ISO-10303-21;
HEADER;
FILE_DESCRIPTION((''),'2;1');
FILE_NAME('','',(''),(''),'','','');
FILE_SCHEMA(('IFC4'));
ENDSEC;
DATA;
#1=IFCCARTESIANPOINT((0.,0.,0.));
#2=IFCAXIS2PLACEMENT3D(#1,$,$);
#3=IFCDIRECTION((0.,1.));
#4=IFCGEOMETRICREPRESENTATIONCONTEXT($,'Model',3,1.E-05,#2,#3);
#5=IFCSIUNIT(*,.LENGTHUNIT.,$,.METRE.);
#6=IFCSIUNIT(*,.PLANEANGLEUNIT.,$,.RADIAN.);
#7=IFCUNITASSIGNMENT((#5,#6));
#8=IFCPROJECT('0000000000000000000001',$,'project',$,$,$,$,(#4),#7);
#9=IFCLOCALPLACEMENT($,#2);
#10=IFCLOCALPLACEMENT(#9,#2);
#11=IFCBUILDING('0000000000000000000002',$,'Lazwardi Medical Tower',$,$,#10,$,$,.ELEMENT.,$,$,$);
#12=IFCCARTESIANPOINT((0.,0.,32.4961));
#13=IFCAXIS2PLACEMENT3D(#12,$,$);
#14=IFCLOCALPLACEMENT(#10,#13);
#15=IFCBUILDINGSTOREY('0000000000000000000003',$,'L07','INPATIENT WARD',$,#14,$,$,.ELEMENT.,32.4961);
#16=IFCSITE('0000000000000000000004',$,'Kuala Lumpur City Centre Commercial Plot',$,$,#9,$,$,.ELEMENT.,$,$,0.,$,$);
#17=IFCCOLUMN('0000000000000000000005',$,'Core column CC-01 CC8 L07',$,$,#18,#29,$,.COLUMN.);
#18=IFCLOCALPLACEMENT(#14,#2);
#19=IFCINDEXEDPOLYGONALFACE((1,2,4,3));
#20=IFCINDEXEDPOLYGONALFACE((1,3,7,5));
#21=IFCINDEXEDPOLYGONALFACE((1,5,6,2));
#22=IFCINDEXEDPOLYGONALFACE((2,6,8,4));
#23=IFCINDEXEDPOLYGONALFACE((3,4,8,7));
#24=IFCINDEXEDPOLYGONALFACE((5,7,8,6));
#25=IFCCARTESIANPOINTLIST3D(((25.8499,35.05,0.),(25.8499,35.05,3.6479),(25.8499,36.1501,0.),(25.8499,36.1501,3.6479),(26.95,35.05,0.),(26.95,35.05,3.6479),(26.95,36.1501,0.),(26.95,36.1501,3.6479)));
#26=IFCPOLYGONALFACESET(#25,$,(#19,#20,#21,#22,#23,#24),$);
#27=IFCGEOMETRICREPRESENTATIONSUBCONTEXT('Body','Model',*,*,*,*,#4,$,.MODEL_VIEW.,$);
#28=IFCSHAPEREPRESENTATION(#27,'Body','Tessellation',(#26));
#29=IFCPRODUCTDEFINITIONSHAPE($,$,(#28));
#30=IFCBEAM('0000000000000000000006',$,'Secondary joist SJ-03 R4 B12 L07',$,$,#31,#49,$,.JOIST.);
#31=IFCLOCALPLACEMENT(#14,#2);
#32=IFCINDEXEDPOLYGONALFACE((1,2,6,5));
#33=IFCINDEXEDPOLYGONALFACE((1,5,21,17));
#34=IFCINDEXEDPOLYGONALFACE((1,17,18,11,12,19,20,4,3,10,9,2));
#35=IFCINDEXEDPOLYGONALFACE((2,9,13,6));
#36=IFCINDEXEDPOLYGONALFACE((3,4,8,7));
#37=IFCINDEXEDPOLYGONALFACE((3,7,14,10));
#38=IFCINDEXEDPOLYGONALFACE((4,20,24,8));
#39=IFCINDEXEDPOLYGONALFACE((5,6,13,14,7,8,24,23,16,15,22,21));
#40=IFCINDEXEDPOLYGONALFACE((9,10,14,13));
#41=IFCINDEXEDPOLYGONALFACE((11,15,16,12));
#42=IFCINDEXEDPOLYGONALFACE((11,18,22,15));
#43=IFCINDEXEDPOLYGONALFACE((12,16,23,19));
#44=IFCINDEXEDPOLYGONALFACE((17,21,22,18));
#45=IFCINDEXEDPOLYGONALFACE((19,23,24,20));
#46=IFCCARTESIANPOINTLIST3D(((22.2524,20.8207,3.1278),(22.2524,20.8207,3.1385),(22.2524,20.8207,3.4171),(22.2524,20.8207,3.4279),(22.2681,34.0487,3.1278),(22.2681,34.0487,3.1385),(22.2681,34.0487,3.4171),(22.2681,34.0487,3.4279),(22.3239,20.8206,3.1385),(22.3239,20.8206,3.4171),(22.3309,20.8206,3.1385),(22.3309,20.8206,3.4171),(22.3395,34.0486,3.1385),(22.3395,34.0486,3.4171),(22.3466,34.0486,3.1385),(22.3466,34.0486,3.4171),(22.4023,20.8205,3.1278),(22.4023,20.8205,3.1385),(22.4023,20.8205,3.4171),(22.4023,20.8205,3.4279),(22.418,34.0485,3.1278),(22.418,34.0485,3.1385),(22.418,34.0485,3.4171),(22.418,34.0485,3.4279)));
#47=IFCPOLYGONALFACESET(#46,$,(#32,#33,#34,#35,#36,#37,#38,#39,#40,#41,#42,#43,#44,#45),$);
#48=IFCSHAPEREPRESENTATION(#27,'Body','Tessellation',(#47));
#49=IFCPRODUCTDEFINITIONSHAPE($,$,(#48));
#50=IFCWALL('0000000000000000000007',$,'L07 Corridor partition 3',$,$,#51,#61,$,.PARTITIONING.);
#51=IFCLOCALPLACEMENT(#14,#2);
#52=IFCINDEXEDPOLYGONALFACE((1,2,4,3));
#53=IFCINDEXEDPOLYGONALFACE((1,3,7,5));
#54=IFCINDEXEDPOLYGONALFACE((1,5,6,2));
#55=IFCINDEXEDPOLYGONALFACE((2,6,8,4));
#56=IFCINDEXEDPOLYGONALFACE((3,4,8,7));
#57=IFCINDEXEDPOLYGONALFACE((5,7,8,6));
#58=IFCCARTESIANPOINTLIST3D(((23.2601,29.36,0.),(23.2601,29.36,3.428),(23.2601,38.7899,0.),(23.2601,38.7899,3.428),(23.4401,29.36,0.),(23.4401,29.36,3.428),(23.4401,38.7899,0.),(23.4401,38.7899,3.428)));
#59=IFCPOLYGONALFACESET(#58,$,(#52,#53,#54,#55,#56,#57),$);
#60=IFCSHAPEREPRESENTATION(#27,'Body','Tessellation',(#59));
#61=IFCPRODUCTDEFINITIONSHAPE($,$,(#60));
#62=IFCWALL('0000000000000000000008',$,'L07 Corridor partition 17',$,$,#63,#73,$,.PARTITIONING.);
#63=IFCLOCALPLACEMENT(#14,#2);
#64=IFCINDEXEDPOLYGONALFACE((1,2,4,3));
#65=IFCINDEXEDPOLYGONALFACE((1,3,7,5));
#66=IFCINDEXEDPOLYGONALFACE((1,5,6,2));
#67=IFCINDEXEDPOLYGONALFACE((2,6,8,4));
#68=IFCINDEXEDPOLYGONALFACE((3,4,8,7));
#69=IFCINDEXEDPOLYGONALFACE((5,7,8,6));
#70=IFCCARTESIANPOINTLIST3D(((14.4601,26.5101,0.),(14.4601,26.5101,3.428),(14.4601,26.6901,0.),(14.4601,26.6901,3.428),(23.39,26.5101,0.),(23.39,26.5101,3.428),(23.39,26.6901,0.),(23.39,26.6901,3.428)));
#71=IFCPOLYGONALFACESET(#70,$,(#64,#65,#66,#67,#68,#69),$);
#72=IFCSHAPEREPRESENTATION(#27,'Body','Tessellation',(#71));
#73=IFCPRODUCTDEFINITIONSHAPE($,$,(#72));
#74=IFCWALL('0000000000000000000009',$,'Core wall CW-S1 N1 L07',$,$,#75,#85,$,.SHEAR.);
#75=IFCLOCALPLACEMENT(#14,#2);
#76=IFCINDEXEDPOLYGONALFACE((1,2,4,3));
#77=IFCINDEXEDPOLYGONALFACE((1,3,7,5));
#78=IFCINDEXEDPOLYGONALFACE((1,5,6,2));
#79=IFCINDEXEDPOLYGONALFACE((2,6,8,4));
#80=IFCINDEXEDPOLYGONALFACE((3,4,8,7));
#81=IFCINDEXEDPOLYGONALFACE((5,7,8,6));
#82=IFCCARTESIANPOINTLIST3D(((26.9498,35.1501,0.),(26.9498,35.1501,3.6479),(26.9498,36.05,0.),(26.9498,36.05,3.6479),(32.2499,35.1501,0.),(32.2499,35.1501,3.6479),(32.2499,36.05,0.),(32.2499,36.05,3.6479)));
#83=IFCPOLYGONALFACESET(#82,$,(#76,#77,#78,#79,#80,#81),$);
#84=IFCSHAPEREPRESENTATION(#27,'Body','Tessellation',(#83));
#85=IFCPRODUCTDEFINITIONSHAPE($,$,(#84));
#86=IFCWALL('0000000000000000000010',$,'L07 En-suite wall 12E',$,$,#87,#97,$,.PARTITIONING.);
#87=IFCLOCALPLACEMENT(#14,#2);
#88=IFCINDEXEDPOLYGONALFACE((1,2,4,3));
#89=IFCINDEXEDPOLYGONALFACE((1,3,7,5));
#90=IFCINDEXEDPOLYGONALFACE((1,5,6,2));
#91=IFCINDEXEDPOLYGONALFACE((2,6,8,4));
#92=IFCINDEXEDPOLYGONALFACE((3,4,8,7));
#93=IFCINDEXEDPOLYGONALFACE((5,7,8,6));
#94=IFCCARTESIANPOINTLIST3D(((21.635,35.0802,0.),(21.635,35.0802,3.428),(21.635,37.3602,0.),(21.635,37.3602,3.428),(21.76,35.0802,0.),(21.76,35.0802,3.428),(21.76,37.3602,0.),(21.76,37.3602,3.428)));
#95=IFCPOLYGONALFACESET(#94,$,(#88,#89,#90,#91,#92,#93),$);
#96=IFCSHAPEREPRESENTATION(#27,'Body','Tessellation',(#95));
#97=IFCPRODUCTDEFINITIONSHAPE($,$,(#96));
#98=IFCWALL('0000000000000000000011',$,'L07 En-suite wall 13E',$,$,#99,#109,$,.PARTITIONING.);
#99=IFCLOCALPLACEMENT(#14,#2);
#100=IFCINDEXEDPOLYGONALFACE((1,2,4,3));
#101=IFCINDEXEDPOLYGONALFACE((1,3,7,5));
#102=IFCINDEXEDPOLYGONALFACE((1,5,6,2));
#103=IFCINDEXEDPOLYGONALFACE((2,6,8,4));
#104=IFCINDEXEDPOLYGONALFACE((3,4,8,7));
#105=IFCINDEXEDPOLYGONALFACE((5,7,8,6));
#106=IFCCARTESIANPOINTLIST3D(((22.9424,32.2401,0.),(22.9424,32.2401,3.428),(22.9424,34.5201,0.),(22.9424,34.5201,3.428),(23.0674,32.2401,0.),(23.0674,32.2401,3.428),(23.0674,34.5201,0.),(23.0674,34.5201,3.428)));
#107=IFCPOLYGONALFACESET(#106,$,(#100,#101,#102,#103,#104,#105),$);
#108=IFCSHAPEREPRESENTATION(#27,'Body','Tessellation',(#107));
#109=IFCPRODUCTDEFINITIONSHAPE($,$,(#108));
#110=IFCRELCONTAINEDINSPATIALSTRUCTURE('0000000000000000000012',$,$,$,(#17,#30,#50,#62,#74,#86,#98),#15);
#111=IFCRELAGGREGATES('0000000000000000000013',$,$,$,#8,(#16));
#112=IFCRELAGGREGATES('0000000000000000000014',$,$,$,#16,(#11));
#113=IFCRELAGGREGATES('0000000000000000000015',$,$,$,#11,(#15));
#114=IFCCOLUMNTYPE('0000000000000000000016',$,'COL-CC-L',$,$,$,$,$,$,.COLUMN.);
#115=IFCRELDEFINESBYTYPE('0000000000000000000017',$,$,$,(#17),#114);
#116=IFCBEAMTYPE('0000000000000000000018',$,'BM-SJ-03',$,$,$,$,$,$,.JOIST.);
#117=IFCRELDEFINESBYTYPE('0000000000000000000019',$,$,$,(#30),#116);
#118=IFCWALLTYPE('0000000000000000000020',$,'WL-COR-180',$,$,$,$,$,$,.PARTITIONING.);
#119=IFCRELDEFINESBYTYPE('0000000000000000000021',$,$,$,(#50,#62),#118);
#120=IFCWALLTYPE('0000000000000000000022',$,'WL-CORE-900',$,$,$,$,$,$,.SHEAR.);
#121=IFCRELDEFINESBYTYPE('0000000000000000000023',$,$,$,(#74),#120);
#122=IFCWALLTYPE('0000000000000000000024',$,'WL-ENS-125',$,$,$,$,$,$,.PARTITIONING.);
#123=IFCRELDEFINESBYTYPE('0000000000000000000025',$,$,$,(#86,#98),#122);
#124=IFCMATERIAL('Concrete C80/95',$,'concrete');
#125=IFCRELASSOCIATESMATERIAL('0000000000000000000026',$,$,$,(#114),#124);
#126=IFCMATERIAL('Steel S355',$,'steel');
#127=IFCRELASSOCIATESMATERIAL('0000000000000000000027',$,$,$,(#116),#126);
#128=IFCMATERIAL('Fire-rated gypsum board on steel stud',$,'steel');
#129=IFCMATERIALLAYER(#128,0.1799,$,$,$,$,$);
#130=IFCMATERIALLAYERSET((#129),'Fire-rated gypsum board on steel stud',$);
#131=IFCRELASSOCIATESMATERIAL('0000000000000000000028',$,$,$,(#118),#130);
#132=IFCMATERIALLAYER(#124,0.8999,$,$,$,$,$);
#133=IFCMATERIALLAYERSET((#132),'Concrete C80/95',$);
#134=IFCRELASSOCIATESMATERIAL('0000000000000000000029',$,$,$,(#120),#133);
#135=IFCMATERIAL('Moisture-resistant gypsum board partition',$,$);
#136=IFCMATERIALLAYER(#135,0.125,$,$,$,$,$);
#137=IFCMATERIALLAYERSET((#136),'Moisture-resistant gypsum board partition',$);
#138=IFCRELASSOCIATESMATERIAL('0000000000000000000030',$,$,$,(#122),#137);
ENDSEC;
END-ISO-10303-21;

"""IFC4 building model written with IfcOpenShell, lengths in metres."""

from ifc_helpers import new_model, si_unit, direction, frame, frame_2d, origin, origin_2d, place, context, subcontext, project, spatial, rectangle, i_section, extrude, material, layer, layer_set, material_profile, profile_set, type_object, element, save


model = new_model("IFC4")

# Units and contexts
model_context = context("Model", 3, precision=1e-05, world=origin(), true_north=direction((0.0, 1.0)))
body_context = subcontext(model_context, "Body", "Model", "MODEL_VIEW")
ifc_project = project(units=[si_unit("LENGTHUNIT", "METRE"), si_unit("PLANEANGLEUNIT", "RADIAN")], contexts=[model_context])

# Site, building, storey
site_placement = place(None, origin())
site = spatial("IfcSite", under=ifc_project, at=site_placement, Name="Kuala Lumpur City Centre Commercial Plot", CompositionType="ELEMENT", RefElevation=0.0)
building_placement = place(site_placement, origin())
building = spatial("IfcBuilding", under=site, at=building_placement, Name="Lazwardi Medical Tower", CompositionType="ELEMENT")
storey_placement = place(building_placement, frame((0.0, 0.0, 32.4961)))
storey = spatial("IfcBuildingStorey", under=building, at=storey_placement, Name="L07", Description="INPATIENT WARD", CompositionType="ELEMENT", Elevation=32.4961)

# Column
ifc_material_1 = material(Name="Concrete C80/95", Category="concrete")
ifc_material_profile_1 = material_profile(ifc_material_1, rectangle(XDim=1.1001, YDim=1.1001, at=origin_2d()), Name="RC 1100x1100")
ifc_profile_set_1 = profile_set([ifc_material_profile_1], Name="Concrete C80/95")
column_type = type_object("IfcColumnType", Name="COL-CC-L", PredefinedType="COLUMN", material=ifc_profile_set_1)
column_placement = place(storey_placement, frame((26.3999, 35.6001, 0.0), z_axis=(0.0, 0.0, 1.0), x_axis=(1.0, 0.0, 0.0)))
element("IfcColumn", 1, at=column_placement, inside=storey, type_object=column_type, Name="Core column CC-01 CC8 L07", PredefinedType="COLUMN", context=body_context, shape_type="SweptSolid", body=[
    extrude(rectangle(XDim=1.1001, YDim=1.1001, at=origin_2d()), origin(), (0.0, 0.0, 1.0), 3.6479),
])

# Beam
ifc_material_2 = material(Name="Steel S355", Category="steel")
ifc_material_profile_2 = material_profile(ifc_material_2, i_section(OverallWidth=0.1499, OverallDepth=0.3, WebThickness=0.0071, FlangeThickness=0.0107, at=origin_2d()), Name="IPE 300")
ifc_profile_set_2 = profile_set([ifc_material_profile_2], Name="Steel S355")
beam_type = type_object("IfcBeamType", Name="BM-SJ-03", PredefinedType="JOIST", material=ifc_profile_set_2)
beam_placement = place(storey_placement, frame((22.343, 34.0486, 3.2778), z_axis=(-0.001181, -0.999999, 0.0), x_axis=(0.999999, -0.001181, 0.0)))
element("IfcBeam", 2, at=beam_placement, inside=storey, type_object=beam_type, Name="Secondary joist SJ-03 R4 B12 L07", PredefinedType="JOIST", context=body_context, shape_type="SweptSolid", body=[
    extrude(i_section(OverallWidth=0.1499, OverallDepth=0.3, WebThickness=0.0071, FlangeThickness=0.0107, at=origin_2d()), origin(), (0.0, 0.0, 1.0), 13.228),
])

# Walls
ifc_material_3 = material(Name="Fire-rated gypsum board on steel stud", Category="steel")
ifc_layer_1 = layer(ifc_material_3, 0.1799)
ifc_layer_set_1 = layer_set([ifc_layer_1], Name="Fire-rated gypsum board on steel stud")
wall_type_1 = type_object("IfcWallType", Name="WL-COR-180", PredefinedType="PARTITIONING", material=ifc_layer_set_1)
wall_1_placement = place(storey_placement, frame((23.3501, 29.3601, 0.0), z_axis=(0.0, 0.0, 1.0), x_axis=(0.0, 1.0, 0.0)))
element("IfcWall", 3, at=wall_1_placement, inside=storey, type_object=wall_type_1, Name="L07 Corridor partition 3", PredefinedType="PARTITIONING", context=body_context, shape_type="SweptSolid", body=[
    extrude(rectangle(XDim=9.4299, YDim=0.1799, at=frame_2d((4.7148, 0.0))), origin(), (0.0, 0.0, 1.0), 3.428),
])
wall_2_placement = place(storey_placement, frame((23.3899, 26.6001, 0.0), z_axis=(0.0, 0.0, 1.0), x_axis=(-1.0, 0.0, 0.0)))
element("IfcWall", 4, at=wall_2_placement, inside=storey, type_object=wall_type_1, Name="L07 Corridor partition 17", PredefinedType="PARTITIONING", context=body_context, shape_type="SweptSolid", body=[
    extrude(rectangle(XDim=8.9299, YDim=0.1799, at=frame_2d((4.4648, 0.0))), origin(), (0.0, 0.0, 1.0), 3.428),
])
ifc_layer_2 = layer(ifc_material_1, 0.8999)
ifc_layer_set_2 = layer_set([ifc_layer_2], Name="Concrete C80/95")
wall_type_2 = type_object("IfcWallType", Name="WL-CORE-900", PredefinedType="SHEAR", material=ifc_layer_set_2)
wall_3_placement = place(storey_placement, frame((26.95, 35.6001, 0.0), z_axis=(0.0, 0.0, 1.0), x_axis=(1.0, 0.0, 0.0)))
element("IfcWall", 5, at=wall_3_placement, inside=storey, type_object=wall_type_2, Name="Core wall CW-S1 N1 L07", PredefinedType="SHEAR", context=body_context, shape_type="SweptSolid", body=[
    extrude(rectangle(XDim=5.3, YDim=0.8999, at=frame_2d((2.6499, 0.0))), origin(), (0.0, 0.0, 1.0), 3.6479),
])
ifc_material_4 = material(Name="Moisture-resistant gypsum board partition")
ifc_layer_3 = layer(ifc_material_4, 0.125)
ifc_layer_set_3 = layer_set([ifc_layer_3], Name="Moisture-resistant gypsum board partition")
wall_type_3 = type_object("IfcWallType", Name="WL-ENS-125", PredefinedType="PARTITIONING", material=ifc_layer_set_3)
for number, where, z_axis, x_axis, name in (
    (6, (21.6975, 35.0801, 0.0), (0.0, 0.0, 1.0), (0.0, 1.0, 0.0), "L07 En-suite wall 12E"),
    (7, (23.0049, 32.24, 0.0), (0.0, 0.0, 1.0), (0.0, 1.0, 0.0), "L07 En-suite wall 13E"),
):
    element("IfcWall", number, at=place(storey_placement, frame(where, z_axis=z_axis, x_axis=x_axis)), inside=storey, type_object=wall_type_3, Name=name, PredefinedType="PARTITIONING", context=body_context, shape_type="SweptSolid", body=[
        extrude(rectangle(XDim=2.28, YDim=0.125, at=frame_2d((1.1401, 0.0))), origin(), (0.0, 0.0, 1.0), 3.428),
    ])

save(model, "model.ifc")
